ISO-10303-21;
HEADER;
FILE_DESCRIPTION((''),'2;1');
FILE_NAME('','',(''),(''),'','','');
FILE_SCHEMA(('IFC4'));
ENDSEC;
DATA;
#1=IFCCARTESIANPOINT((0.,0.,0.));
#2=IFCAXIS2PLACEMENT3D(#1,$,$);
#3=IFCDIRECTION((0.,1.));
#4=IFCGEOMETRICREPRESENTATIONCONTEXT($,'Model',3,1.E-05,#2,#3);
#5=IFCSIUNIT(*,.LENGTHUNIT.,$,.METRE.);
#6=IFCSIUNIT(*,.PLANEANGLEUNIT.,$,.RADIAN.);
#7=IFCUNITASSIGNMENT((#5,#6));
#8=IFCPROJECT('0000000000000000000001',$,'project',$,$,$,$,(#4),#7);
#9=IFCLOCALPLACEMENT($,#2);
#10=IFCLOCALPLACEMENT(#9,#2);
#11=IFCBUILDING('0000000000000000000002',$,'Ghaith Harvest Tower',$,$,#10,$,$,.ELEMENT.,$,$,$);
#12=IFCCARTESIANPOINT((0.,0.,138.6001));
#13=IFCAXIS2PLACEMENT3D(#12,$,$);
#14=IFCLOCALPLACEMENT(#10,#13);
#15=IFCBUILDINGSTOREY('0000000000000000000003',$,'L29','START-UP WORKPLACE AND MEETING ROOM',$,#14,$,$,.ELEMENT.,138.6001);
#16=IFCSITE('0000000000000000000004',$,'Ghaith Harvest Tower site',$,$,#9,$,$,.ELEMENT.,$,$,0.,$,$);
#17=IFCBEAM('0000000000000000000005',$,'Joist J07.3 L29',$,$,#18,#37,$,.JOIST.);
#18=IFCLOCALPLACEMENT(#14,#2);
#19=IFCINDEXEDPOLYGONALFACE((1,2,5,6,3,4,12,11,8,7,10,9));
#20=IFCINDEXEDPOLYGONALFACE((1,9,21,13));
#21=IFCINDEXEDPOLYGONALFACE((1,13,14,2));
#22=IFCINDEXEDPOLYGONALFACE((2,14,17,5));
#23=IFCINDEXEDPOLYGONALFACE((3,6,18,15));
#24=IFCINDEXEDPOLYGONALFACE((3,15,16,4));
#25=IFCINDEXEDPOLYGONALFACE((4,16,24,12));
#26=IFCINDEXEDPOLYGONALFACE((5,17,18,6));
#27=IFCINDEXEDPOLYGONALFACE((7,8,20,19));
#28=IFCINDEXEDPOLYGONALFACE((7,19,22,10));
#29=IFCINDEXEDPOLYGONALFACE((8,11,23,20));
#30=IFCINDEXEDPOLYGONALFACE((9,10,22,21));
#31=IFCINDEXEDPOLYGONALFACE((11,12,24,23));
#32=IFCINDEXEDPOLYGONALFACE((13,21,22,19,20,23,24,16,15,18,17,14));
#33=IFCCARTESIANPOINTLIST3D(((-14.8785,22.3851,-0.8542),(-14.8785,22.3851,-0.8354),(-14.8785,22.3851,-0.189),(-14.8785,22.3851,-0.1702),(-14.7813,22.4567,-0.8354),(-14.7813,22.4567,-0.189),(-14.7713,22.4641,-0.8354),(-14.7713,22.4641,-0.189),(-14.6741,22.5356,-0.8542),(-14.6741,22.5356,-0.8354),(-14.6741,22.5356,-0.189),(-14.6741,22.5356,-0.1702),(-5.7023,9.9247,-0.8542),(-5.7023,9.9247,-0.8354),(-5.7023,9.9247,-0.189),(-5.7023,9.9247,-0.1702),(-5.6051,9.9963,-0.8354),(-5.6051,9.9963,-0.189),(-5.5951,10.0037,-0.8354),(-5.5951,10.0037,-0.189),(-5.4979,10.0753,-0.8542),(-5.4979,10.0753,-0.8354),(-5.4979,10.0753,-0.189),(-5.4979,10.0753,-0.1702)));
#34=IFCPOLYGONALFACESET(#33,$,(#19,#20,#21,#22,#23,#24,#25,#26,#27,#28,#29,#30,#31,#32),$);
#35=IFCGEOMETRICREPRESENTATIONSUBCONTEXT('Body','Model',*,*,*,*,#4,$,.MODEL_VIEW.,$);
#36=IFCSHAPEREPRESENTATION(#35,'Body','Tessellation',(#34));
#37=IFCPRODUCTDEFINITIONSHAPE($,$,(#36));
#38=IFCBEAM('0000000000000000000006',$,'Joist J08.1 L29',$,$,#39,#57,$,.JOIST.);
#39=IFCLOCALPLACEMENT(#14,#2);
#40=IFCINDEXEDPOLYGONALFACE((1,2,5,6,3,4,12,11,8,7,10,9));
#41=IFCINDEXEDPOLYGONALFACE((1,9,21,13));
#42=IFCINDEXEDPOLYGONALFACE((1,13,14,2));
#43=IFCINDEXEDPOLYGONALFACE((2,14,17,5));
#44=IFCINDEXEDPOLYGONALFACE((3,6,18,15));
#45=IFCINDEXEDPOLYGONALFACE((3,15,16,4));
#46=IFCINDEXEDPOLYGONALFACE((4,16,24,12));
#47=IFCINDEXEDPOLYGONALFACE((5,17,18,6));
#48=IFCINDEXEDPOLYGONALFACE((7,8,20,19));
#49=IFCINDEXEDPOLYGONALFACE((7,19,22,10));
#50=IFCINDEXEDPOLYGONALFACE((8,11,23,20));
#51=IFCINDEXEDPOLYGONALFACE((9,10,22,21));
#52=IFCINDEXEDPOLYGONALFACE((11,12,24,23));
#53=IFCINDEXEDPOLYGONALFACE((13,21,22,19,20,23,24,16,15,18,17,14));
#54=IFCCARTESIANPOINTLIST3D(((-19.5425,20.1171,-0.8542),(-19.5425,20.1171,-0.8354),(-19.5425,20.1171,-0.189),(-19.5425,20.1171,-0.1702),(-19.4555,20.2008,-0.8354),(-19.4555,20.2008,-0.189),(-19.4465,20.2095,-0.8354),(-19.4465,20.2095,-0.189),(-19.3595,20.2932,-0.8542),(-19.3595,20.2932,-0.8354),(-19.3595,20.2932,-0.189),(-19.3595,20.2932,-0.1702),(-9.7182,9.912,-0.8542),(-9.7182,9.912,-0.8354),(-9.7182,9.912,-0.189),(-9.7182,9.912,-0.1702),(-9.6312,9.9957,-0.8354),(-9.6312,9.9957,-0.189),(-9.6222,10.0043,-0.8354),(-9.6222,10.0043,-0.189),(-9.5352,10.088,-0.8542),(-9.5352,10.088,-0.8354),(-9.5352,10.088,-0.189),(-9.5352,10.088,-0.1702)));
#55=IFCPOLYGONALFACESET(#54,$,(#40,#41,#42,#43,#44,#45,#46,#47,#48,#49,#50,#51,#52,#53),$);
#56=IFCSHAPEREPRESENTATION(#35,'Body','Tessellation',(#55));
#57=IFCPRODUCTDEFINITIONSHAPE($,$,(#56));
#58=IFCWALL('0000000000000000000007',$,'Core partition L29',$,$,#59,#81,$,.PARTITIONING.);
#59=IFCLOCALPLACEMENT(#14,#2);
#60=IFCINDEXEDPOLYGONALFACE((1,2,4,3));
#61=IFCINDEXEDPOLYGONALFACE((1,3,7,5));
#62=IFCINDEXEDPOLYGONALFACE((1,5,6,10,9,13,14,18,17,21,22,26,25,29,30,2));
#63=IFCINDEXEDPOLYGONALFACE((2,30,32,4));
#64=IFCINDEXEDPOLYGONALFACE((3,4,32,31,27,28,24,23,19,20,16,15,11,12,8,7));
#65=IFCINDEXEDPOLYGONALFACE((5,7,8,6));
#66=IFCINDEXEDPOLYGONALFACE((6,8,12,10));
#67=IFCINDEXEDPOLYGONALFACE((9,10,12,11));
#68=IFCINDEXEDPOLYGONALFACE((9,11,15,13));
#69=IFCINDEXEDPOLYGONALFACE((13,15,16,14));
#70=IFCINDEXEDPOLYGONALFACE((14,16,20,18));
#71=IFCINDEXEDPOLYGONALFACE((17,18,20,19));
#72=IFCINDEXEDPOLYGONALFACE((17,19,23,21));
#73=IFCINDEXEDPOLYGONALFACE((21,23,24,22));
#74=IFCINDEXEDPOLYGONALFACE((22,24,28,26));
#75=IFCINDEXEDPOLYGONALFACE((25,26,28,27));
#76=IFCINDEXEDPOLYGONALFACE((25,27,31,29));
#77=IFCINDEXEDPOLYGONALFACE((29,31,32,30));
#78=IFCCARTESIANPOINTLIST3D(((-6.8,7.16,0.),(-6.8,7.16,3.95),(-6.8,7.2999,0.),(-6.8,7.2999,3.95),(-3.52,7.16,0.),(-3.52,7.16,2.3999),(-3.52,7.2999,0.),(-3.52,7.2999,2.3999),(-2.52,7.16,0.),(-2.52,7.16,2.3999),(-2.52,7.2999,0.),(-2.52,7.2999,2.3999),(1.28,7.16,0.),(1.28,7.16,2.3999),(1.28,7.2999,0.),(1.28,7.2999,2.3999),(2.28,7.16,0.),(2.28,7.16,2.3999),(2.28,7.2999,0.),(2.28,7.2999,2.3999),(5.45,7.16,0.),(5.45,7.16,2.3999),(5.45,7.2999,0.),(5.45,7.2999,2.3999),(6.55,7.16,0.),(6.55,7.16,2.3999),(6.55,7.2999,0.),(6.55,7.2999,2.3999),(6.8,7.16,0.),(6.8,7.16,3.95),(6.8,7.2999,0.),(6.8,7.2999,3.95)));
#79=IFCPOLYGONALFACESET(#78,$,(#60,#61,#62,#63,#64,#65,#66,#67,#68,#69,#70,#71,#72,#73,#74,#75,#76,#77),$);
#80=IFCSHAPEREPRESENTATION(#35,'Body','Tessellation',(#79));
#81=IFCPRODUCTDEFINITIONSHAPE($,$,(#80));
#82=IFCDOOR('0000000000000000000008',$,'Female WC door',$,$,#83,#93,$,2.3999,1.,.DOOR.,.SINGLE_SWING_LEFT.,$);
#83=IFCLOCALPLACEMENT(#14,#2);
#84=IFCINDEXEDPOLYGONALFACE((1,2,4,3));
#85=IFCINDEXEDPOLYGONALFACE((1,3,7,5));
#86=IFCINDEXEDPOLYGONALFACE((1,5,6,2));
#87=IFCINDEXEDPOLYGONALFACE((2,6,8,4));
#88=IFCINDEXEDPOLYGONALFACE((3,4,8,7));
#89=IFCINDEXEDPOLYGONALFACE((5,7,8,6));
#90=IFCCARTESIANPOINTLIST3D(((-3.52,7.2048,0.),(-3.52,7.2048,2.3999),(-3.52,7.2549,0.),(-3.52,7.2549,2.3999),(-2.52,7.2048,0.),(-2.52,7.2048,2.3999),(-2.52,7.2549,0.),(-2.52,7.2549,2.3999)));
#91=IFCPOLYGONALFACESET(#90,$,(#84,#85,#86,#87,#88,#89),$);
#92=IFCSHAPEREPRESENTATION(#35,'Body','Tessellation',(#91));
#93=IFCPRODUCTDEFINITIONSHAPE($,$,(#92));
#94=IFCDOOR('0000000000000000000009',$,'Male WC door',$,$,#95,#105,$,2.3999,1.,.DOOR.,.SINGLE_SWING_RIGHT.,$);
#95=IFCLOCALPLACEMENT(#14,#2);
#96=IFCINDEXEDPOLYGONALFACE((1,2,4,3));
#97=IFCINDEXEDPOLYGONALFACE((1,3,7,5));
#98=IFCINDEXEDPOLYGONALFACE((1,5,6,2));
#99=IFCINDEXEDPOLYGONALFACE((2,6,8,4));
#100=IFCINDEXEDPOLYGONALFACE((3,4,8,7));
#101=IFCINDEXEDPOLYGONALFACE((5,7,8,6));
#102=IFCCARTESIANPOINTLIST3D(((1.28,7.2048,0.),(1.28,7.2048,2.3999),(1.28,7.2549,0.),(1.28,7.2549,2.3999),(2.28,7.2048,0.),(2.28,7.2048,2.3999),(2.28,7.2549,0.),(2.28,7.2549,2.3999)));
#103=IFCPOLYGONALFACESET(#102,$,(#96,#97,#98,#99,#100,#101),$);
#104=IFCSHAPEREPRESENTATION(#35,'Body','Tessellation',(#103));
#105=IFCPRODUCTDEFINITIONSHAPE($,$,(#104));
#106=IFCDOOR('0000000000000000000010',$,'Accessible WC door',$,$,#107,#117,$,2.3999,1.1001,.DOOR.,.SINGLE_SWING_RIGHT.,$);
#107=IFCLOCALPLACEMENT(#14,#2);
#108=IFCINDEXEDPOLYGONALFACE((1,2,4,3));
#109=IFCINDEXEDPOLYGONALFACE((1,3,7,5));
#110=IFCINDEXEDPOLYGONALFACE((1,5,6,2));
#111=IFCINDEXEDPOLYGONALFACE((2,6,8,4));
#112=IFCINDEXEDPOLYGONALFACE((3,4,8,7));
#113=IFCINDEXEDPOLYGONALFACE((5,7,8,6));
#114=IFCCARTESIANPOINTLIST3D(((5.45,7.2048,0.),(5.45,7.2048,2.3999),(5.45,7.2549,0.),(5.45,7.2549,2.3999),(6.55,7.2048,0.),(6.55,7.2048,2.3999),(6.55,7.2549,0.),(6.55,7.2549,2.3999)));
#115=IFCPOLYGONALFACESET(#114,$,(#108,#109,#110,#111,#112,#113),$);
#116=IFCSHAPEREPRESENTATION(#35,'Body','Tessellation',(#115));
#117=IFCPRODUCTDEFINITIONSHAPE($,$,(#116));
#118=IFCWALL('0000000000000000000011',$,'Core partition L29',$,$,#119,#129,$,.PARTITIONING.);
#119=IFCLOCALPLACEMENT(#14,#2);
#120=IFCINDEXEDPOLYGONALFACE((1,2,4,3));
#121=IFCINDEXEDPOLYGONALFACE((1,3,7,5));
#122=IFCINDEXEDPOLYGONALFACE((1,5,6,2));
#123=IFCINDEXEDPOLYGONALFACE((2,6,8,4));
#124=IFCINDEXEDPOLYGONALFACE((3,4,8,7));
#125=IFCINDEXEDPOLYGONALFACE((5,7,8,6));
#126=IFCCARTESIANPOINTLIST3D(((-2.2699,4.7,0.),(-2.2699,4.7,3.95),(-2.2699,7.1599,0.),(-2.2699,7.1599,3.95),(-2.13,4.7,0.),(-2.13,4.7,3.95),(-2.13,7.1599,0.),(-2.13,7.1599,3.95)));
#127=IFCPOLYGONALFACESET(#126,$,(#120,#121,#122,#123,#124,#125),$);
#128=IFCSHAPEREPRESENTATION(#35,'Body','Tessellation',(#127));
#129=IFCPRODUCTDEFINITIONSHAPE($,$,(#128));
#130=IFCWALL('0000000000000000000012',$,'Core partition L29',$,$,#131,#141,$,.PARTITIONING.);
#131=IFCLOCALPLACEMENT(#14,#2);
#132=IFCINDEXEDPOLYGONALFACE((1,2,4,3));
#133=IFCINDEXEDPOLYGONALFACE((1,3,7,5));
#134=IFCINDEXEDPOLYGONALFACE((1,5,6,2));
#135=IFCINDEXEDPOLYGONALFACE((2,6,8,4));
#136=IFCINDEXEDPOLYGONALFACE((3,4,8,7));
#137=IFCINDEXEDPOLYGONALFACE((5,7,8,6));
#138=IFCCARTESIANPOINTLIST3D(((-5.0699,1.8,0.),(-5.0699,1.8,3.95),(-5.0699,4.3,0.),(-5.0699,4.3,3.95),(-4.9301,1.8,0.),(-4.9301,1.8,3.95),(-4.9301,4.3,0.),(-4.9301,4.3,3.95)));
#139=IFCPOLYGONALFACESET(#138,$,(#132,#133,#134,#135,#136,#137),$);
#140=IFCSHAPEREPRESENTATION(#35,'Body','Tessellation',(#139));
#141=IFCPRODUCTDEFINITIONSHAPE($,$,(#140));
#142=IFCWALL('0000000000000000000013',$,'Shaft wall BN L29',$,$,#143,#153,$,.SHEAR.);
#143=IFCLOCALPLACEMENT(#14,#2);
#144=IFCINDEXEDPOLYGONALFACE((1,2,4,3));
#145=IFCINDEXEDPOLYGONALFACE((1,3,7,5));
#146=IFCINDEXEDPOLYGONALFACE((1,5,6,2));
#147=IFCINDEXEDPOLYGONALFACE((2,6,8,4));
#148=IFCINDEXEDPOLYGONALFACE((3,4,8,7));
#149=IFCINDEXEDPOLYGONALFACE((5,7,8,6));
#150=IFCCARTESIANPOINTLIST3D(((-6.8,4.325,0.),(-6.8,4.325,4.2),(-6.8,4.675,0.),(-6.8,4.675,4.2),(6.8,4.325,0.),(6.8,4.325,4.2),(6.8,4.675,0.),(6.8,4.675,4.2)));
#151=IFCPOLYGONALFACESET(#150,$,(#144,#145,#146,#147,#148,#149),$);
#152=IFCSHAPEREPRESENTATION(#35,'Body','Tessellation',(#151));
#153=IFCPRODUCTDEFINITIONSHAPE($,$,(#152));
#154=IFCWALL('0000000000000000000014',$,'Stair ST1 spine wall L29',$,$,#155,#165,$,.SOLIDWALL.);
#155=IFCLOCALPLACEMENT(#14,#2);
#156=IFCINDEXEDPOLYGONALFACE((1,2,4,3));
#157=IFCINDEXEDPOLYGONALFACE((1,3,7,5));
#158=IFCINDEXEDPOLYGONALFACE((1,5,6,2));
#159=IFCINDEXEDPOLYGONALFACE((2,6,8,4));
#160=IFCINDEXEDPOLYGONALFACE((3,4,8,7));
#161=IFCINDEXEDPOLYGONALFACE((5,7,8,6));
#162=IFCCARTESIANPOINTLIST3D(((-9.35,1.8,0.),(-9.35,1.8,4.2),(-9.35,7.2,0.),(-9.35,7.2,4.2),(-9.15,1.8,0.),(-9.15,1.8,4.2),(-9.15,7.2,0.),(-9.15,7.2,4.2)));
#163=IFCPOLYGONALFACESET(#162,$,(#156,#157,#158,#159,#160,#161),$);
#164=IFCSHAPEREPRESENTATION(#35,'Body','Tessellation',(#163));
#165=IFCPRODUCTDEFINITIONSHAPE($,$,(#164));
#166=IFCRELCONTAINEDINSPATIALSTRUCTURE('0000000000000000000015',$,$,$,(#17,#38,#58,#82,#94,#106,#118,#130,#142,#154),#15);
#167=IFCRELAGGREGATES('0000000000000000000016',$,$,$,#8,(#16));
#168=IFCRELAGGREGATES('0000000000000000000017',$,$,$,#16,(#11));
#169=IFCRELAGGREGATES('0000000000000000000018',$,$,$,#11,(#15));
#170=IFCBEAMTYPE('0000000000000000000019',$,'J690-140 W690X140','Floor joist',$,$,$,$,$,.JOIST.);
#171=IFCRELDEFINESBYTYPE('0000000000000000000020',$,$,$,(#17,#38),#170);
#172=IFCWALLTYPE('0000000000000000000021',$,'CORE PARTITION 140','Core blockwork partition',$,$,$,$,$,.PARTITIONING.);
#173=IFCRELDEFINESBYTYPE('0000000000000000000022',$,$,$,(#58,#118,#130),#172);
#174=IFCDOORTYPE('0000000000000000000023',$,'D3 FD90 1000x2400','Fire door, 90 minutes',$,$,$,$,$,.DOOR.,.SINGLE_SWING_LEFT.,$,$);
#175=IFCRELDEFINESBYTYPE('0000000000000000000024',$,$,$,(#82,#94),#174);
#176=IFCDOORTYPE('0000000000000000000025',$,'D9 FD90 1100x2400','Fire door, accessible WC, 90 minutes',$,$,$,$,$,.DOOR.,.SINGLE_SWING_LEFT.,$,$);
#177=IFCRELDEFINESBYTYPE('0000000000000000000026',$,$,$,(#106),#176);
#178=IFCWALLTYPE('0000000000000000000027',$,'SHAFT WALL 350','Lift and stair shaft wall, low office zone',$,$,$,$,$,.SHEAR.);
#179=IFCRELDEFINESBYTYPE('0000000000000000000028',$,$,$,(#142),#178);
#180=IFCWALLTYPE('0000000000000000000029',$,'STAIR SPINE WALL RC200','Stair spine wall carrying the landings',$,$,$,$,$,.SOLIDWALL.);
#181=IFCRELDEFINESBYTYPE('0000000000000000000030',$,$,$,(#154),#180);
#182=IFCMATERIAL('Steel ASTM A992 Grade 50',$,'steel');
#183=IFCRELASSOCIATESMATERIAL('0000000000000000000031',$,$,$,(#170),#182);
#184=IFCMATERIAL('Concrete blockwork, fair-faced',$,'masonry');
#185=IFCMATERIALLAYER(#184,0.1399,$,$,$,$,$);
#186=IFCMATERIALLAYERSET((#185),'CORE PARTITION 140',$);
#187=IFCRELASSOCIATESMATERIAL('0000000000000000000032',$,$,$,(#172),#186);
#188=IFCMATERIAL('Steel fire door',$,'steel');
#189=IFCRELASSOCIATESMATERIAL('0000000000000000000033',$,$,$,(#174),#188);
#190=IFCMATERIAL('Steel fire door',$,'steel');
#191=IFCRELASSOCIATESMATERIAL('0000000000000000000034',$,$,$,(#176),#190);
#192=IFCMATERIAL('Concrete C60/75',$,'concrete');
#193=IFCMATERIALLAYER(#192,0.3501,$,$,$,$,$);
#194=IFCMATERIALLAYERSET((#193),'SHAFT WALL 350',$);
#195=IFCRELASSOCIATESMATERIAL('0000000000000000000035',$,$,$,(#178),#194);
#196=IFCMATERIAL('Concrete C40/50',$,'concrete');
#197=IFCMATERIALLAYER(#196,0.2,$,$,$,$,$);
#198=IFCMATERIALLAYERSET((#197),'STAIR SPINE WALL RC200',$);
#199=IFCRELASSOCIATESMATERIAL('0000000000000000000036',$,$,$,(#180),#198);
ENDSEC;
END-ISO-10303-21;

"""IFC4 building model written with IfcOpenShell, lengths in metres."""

from ifc_helpers import new_model, si_unit, direction, frame, frame_2d, origin, origin_2d, place, context, subcontext, project, spatial, rectangle, i_section, extrude, material, layer, layer_set, material_profile, profile_set, type_object, element, fill, save


model = new_model("IFC4")

# Units and contexts
model_context = context("Model", 3, precision=1e-05, world=origin(), true_north=direction((0.0, 1.0)))
body_context = subcontext(model_context, "Body", "Model", "MODEL_VIEW")
ifc_project = project(units=[si_unit("LENGTHUNIT", "METRE"), si_unit("PLANEANGLEUNIT", "RADIAN")], contexts=[model_context])

# Site, building, storey
site_placement = place(None, origin())
site = spatial("IfcSite", under=ifc_project, at=site_placement, Name="Ghaith Harvest Tower site", CompositionType="ELEMENT", RefElevation=0.0)
building_placement = place(site_placement, origin())
building = spatial("IfcBuilding", under=site, at=building_placement, Name="Ghaith Harvest Tower", CompositionType="ELEMENT")
storey_placement = place(building_placement, frame((0.0, 0.0, 138.6001)))
storey = spatial("IfcBuildingStorey", under=building, at=storey_placement, Name="L29", Description="START-UP WORKPLACE AND MEETING ROOM", CompositionType="ELEMENT", Elevation=138.6001)

# Beams
ifc_material_1 = material(Name="Steel ASTM A992 Grade 50", Category="steel")
ifc_material_profile_1 = material_profile(ifc_material_1, i_section(OverallWidth=0.2539, OverallDepth=0.6841, WebThickness=0.0125, FlangeThickness=0.0188, at=origin_2d()), Name="W690X140")
ifc_profile_set_1 = profile_set([ifc_material_profile_1], Name="Steel ASTM A992 Grade 50")
beam_type_1 = type_object("IfcBeamType", Name="J690-140 W690X140", Description="Floor joist", PredefinedType="JOIST", material=ifc_profile_set_1)
beam_1_placement = place(storey_placement, frame((-5.6001, 10.0, -0.5122), z_axis=(-0.592985, 0.805214, 0.0), x_axis=(-0.805214, -0.592985, 0.0)))
element("IfcBeam", 1, at=beam_1_placement, inside=storey, type_object=beam_type_1, Name="Joist J07.3 L29", PredefinedType="JOIST", context=body_context, shape_type="SweptSolid", body=[
    extrude(i_section(OverallWidth=0.2539, OverallDepth=0.6841, WebThickness=0.0125, FlangeThickness=0.0188, at=origin_2d()), origin(), (0.0, 0.0, 1.0), 15.4746),
])
beam_2_placement = place(storey_placement, frame((-9.6267, 10.0, -0.5122), z_axis=(-0.693536, 0.720422, 0.0), x_axis=(-0.720422, -0.693536, 0.0)))
element("IfcBeam", 2, at=beam_2_placement, inside=storey, type_object=beam_type_1, Name="Joist J08.1 L29", PredefinedType="JOIST", context=body_context, shape_type="SweptSolid", body=[
    extrude(i_section(OverallWidth=0.2539, OverallDepth=0.6841, WebThickness=0.0125, FlangeThickness=0.0188, at=origin_2d()), origin(), (0.0, 0.0, 1.0), 14.1655),
])

# Wall, openings, doors
ifc_material_2 = material(Name="Concrete blockwork, fair-faced", Category="masonry")
ifc_layer_1 = layer(ifc_material_2, 0.1399)
ifc_layer_set_1 = layer_set([ifc_layer_1], Name="CORE PARTITION 140")
wall_type_1 = type_object("IfcWallType", Name="CORE PARTITION 140", Description="Core blockwork partition", PredefinedType="PARTITIONING", material=ifc_layer_set_1)
wall_1_placement = place(storey_placement, frame((-6.8, 7.23, 0.0), z_axis=(0.0, 0.0, 1.0), x_axis=(1.0, 0.0, 0.0)))
wall_1 = element("IfcWall", 3, at=wall_1_placement, inside=storey, type_object=wall_type_1, Name="Core partition L29", PredefinedType="PARTITIONING", context=body_context, shape_type="SweptSolid", body=[
    extrude(rectangle(XDim=13.6001, YDim=0.1399, at=frame_2d((6.8, 0.0))), origin(), (0.0, 0.0, 1.0), 3.95),
])
opening_1_placement = place(wall_1_placement, frame((3.28, 0.0, 0.0)))
opening_1 = element("IfcOpeningElement", 4, at=opening_1_placement, cuts=wall_1, PredefinedType="OPENING", context=body_context, shape_type="SweptSolid", body=[
    extrude(rectangle(XDim=1.0, YDim=2.3999, at=frame_2d((0.5, 1.2))), frame((0.0, 0.0801, 0.0), z_axis=(0.0, -1.0, 0.0), x_axis=(1.0, 0.0, 0.0)), (0.0, 0.0, 1.0), 0.1599),
])
opening_2_placement = place(wall_1_placement, frame((8.0801, 0.0, 0.0)))
opening_2 = element("IfcOpeningElement", 5, at=opening_2_placement, cuts=wall_1, PredefinedType="OPENING", context=body_context, shape_type="SweptSolid", body=[
    extrude(rectangle(XDim=1.0, YDim=2.3999, at=frame_2d((0.5, 1.2))), frame((0.0, 0.0801, 0.0), z_axis=(0.0, -1.0, 0.0), x_axis=(1.0, 0.0, 0.0)), (0.0, 0.0, 1.0), 0.1599),
])
opening_3_placement = place(wall_1_placement, frame((12.25, 0.0, 0.0)))
opening_3 = element("IfcOpeningElement", 6, at=opening_3_placement, cuts=wall_1, PredefinedType="OPENING", context=body_context, shape_type="SweptSolid", body=[
    extrude(rectangle(XDim=1.1001, YDim=2.3999, at=frame_2d((0.55, 1.2))), frame((0.0, 0.0801, 0.0), z_axis=(0.0, -1.0, 0.0), x_axis=(1.0, 0.0, 0.0)), (0.0, 0.0, 1.0), 0.1599),
])
ifc_material_3 = material(Name="Steel fire door", Category="steel")
door_type_1 = type_object("IfcDoorType", Name="D3 FD90 1000x2400", Description="Fire door, 90 minutes", OperationType="SINGLE_SWING_LEFT", PredefinedType="DOOR", material=ifc_material_3)
door_1_placement = place(opening_1_placement, origin())
door_1 = element("IfcDoor", 7, at=door_1_placement, inside=storey, type_object=door_type_1, Name="Female WC door", OperationType="SINGLE_SWING_LEFT", OverallHeight=2.3999, OverallWidth=1.0, PredefinedType="DOOR", context=body_context, shape_type="SweptSolid", body=[
    extrude(rectangle(XDim=1.0, YDim=2.3999, at=frame_2d((0.5, 1.2))), frame((0.0, 0.0249, 0.0), z_axis=(0.0, -1.0, 0.0), x_axis=(1.0, 0.0, 0.0)), (0.0, 0.0, 1.0), 0.05),
])
fill(opening_1, door_1)
door_2_placement = place(opening_2_placement, origin())
door_2 = element("IfcDoor", 8, at=door_2_placement, inside=storey, type_object=door_type_1, Name="Male WC door", OperationType="SINGLE_SWING_RIGHT", OverallHeight=2.3999, OverallWidth=1.0, PredefinedType="DOOR", context=body_context, shape_type="SweptSolid", body=[
    extrude(rectangle(XDim=1.0, YDim=2.3999, at=frame_2d((0.5, 1.2))), frame((0.0, 0.0249, 0.0), z_axis=(0.0, -1.0, 0.0), x_axis=(1.0, 0.0, 0.0)), (0.0, 0.0, 1.0), 0.05),
])
fill(opening_2, door_2)
ifc_material_4 = material(Name="Steel fire door", Category="steel")
door_type_2 = type_object("IfcDoorType", Name="D9 FD90 1100x2400", Description="Fire door, accessible WC, 90 minutes", OperationType="SINGLE_SWING_LEFT", PredefinedType="DOOR", material=ifc_material_4)
door_3_placement = place(opening_3_placement, origin())
door_3 = element("IfcDoor", 9, at=door_3_placement, inside=storey, type_object=door_type_2, Name="Accessible WC door", OperationType="SINGLE_SWING_RIGHT", OverallHeight=2.3999, OverallWidth=1.1001, PredefinedType="DOOR", context=body_context, shape_type="SweptSolid", body=[
    extrude(rectangle(XDim=1.1001, YDim=2.3999, at=frame_2d((0.55, 1.2))), frame((0.0, 0.0249, 0.0), z_axis=(0.0, -1.0, 0.0), x_axis=(1.0, 0.0, 0.0)), (0.0, 0.0, 1.0), 0.05),
])
fill(opening_3, door_3)

# Walls
wall_2_placement = place(storey_placement, frame((-2.2, 4.7, 0.0), z_axis=(0.0, 0.0, 1.0), x_axis=(0.0, 1.0, 0.0)))
element("IfcWall", 10, at=wall_2_placement, inside=storey, type_object=wall_type_1, Name="Core partition L29", PredefinedType="PARTITIONING", context=body_context, shape_type="SweptSolid", body=[
    extrude(rectangle(XDim=2.46, YDim=0.1399, at=frame_2d((1.23, 0.0))), origin(), (0.0, 0.0, 1.0), 3.95),
])
wall_3_placement = place(storey_placement, frame((-5.0, 1.8, 0.0), z_axis=(0.0, 0.0, 1.0), x_axis=(0.0, 1.0, 0.0)))
element("IfcWall", 11, at=wall_3_placement, inside=storey, type_object=wall_type_1, Name="Core partition L29", PredefinedType="PARTITIONING", context=body_context, shape_type="SweptSolid", body=[
    extrude(rectangle(XDim=2.5, YDim=0.1399, at=frame_2d((1.25, 0.0))), origin(), (0.0, 0.0, 1.0), 3.95),
])
ifc_material_5 = material(Name="Concrete C60/75", Category="concrete")
ifc_layer_2 = layer(ifc_material_5, 0.3501)
ifc_layer_set_2 = layer_set([ifc_layer_2], Name="SHAFT WALL 350")
wall_type_2 = type_object("IfcWallType", Name="SHAFT WALL 350", Description="Lift and stair shaft wall, low office zone", PredefinedType="SHEAR", material=ifc_layer_set_2)
wall_4_placement = place(storey_placement, frame((-6.8, 4.5, 0.0), z_axis=(0.0, 0.0, 1.0), x_axis=(1.0, 0.0, 0.0)))
element("IfcWall", 12, at=wall_4_placement, inside=storey, type_object=wall_type_2, Name="Shaft wall BN L29", PredefinedType="SHEAR", context=body_context, shape_type="SweptSolid", body=[
    extrude(rectangle(XDim=13.6001, YDim=0.3501, at=frame_2d((6.8, 0.0))), origin(), (0.0, 0.0, 1.0), 4.2),
])
ifc_material_6 = material(Name="Concrete C40/50", Category="concrete")
ifc_layer_3 = layer(ifc_material_6, 0.2)
ifc_layer_set_3 = layer_set([ifc_layer_3], Name="STAIR SPINE WALL RC200")
wall_type_3 = type_object("IfcWallType", Name="STAIR SPINE WALL RC200", Description="Stair spine wall carrying the landings", PredefinedType="SOLIDWALL", material=ifc_layer_set_3)
wall_5_placement = place(storey_placement, frame((-9.25, 7.2, 0.0), z_axis=(0.0, 0.0, 1.0), x_axis=(0.0, -1.0, 0.0)))
element("IfcWall", 13, at=wall_5_placement, inside=storey, type_object=wall_type_3, Name="Stair ST1 spine wall L29", PredefinedType="SOLIDWALL", context=body_context, shape_type="SweptSolid", body=[
    extrude(rectangle(XDim=5.3999, YDim=0.2, at=frame_2d((2.7, 0.0))), origin(), (0.0, 0.0, 1.0), 4.2),
])

save(model, "model.ifc")
